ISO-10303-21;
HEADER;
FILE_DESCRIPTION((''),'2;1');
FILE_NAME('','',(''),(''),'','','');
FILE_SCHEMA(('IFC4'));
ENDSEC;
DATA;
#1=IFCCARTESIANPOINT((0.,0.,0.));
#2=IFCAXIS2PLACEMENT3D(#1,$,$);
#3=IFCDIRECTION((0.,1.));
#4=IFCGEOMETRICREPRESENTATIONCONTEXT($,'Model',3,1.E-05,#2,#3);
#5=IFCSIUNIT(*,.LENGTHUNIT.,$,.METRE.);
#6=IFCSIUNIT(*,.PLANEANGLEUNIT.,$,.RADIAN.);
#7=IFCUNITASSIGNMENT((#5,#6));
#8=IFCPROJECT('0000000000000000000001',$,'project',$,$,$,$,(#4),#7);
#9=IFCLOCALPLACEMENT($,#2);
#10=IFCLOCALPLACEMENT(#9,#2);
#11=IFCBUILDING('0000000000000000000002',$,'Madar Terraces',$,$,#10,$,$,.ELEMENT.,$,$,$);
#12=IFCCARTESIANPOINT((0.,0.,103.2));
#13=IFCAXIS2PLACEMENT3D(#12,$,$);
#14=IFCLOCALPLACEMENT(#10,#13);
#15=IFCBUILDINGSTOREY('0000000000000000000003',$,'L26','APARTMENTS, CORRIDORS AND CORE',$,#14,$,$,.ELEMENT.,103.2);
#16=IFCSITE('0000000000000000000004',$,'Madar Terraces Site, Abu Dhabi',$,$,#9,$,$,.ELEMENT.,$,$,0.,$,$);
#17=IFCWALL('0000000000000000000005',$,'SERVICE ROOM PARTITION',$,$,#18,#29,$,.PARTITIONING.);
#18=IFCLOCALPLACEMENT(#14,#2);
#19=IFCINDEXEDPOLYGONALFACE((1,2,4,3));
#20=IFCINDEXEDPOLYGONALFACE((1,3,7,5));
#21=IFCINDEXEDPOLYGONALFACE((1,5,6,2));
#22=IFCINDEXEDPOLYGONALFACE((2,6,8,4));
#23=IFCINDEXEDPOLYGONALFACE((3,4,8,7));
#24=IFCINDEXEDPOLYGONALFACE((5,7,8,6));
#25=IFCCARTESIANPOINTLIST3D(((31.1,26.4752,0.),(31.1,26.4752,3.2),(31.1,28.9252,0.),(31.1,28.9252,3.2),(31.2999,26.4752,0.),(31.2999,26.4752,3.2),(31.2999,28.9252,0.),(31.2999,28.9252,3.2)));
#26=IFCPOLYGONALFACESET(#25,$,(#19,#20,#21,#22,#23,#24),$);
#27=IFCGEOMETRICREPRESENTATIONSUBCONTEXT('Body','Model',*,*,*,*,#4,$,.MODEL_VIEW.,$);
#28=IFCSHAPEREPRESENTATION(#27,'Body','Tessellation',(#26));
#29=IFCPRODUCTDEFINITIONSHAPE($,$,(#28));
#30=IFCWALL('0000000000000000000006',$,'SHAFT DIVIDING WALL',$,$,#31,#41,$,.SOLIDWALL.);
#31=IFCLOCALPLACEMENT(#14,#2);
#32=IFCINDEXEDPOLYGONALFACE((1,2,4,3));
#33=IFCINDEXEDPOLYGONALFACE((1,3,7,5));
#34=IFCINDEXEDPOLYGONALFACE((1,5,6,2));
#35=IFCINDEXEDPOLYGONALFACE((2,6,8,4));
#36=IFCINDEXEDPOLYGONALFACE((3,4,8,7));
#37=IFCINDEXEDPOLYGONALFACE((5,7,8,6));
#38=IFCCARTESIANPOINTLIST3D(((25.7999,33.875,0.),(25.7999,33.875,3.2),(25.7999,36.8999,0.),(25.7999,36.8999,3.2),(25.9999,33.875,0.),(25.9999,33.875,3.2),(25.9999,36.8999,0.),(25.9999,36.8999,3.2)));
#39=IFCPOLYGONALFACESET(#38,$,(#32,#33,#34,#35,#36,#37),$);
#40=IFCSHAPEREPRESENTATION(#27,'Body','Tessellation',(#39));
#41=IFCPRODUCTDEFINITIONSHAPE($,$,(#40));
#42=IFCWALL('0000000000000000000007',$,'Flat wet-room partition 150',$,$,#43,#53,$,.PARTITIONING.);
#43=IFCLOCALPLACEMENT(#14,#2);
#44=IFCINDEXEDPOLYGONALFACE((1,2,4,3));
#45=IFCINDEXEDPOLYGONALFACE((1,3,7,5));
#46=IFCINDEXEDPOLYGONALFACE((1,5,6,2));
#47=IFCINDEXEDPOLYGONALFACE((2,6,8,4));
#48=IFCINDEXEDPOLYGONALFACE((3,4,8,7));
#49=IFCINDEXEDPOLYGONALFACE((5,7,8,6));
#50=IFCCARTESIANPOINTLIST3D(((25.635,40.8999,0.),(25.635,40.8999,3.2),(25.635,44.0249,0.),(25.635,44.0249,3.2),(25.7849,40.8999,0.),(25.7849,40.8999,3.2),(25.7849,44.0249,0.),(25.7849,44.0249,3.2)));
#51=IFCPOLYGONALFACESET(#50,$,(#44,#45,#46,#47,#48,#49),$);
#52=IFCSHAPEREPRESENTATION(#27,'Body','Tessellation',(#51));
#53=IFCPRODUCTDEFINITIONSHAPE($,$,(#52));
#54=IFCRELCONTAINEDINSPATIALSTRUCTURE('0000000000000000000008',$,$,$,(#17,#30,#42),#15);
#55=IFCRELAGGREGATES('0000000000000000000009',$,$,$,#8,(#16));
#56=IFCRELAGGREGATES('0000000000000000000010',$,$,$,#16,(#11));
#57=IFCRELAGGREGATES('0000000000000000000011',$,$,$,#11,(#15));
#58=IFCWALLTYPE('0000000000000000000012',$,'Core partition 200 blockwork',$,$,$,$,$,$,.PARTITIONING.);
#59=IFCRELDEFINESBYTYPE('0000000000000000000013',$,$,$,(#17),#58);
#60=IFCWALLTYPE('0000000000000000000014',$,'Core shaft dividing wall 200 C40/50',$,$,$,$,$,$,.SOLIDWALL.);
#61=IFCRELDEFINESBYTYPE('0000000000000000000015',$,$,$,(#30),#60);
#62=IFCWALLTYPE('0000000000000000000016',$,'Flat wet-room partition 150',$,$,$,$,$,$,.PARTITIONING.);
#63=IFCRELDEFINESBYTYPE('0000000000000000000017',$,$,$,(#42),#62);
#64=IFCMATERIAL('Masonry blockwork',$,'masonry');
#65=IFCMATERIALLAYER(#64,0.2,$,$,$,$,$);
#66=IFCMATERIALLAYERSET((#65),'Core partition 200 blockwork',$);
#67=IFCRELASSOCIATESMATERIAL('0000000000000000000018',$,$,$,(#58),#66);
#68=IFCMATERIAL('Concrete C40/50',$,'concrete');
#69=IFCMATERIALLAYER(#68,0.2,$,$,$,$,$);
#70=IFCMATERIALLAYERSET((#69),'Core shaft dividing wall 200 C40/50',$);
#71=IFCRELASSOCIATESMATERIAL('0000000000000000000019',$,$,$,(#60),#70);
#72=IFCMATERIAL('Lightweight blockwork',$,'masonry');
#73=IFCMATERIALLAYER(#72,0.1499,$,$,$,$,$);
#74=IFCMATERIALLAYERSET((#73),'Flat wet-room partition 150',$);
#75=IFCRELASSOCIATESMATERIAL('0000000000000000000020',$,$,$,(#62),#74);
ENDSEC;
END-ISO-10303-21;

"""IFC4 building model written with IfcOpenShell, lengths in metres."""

from ifc_helpers import new_model, si_unit, direction, frame, frame_2d, origin, place, context, subcontext, project, spatial, rectangle, extrude, material, layer, layer_set, type_object, element, save


model = new_model("IFC4")

# Units and contexts
model_context = context("Model", 3, precision=1e-05, world=origin(), true_north=direction((0.0, 1.0)))
body_context = subcontext(model_context, "Body", "Model", "MODEL_VIEW")
ifc_project = project(units=[si_unit("LENGTHUNIT", "METRE"), si_unit("PLANEANGLEUNIT", "RADIAN")], contexts=[model_context])

# Site, building, storey
site_placement = place(None, origin())
site = spatial("IfcSite", under=ifc_project, at=site_placement, Name="Madar Terraces Site, Abu Dhabi", CompositionType="ELEMENT", RefElevation=0.0)
building_placement = place(site_placement, origin())
building = spatial("IfcBuilding", under=site, at=building_placement, Name="Madar Terraces", CompositionType="ELEMENT")
storey_placement = place(building_placement, frame((0.0, 0.0, 103.2)))
storey = spatial("IfcBuildingStorey", under=building, at=storey_placement, Name="L26", Description="APARTMENTS, CORRIDORS AND CORE", CompositionType="ELEMENT", Elevation=103.2)

# Walls
ifc_material_1 = material(Name="Masonry blockwork", Category="masonry")
ifc_layer_1 = layer(ifc_material_1, 0.2)
ifc_layer_set_1 = layer_set([ifc_layer_1], Name="Core partition 200 blockwork")
wall_type_1 = type_object("IfcWallType", Name="Core partition 200 blockwork", PredefinedType="PARTITIONING", material=ifc_layer_set_1)
for number, where, z_axis, x_axis, name in (
    (1, (31.2, 26.4751, 0.0), (0.0, 0.0, 1.0), (0.0, 1.0, 0.0), "SERVICE ROOM PARTITION"),
):
    element("IfcWall", number, at=place(storey_placement, frame(where, z_axis=z_axis, x_axis=x_axis)), inside=storey, type_object=wall_type_1, Name=name, PredefinedType="PARTITIONING", context=body_context, shape_type="SweptSolid", body=[
        extrude(rectangle(XDim=2.45, YDim=0.2, at=frame_2d((1.2251, 0.0))), origin(), (0.0, 0.0, 1.0), 3.2),
    ])
ifc_material_2 = material(Name="Concrete C40/50", Category="concrete")
ifc_layer_2 = layer(ifc_material_2, 0.2)
ifc_layer_set_2 = layer_set([ifc_layer_2], Name="Core shaft dividing wall 200 C40/50")
wall_type_2 = type_object("IfcWallType", Name="Core shaft dividing wall 200 C40/50", PredefinedType="SOLIDWALL", material=ifc_layer_set_2)
wall_1_placement = place(storey_placement, frame((25.8999, 33.875, 0.0), z_axis=(0.0, 0.0, 1.0), x_axis=(0.0, 1.0, 0.0)))
element("IfcWall", 2, at=wall_1_placement, inside=storey, type_object=wall_type_2, Name="SHAFT DIVIDING WALL", PredefinedType="SOLIDWALL", context=body_context, shape_type="SweptSolid", body=[
    extrude(rectangle(XDim=3.0249, YDim=0.2, at=frame_2d((1.5125, 0.0))), origin(), (0.0, 0.0, 1.0), 3.2),
])
ifc_material_3 = material(Name="Lightweight blockwork", Category="masonry")
ifc_layer_3 = layer(ifc_material_3, 0.1499)
ifc_layer_set_3 = layer_set([ifc_layer_3], Name="Flat wet-room partition 150")
wall_type_3 = type_object("IfcWallType", Name="Flat wet-room partition 150", PredefinedType="PARTITIONING", material=ifc_layer_set_3)
wall_2_placement = place(storey_placement, frame((25.71, 40.8999, 0.0), z_axis=(0.0, 0.0, 1.0), x_axis=(0.0, 1.0, 0.0)))
element("IfcWall", 3, at=wall_2_placement, inside=storey, type_object=wall_type_3, Name="Flat wet-room partition 150", PredefinedType="PARTITIONING", context=body_context, shape_type="SweptSolid", body=[
    extrude(rectangle(XDim=3.125, YDim=0.1499, at=frame_2d((1.5625, 0.0))), origin(), (0.0, 0.0, 1.0), 3.2),
])

save(model, "model.ifc")
